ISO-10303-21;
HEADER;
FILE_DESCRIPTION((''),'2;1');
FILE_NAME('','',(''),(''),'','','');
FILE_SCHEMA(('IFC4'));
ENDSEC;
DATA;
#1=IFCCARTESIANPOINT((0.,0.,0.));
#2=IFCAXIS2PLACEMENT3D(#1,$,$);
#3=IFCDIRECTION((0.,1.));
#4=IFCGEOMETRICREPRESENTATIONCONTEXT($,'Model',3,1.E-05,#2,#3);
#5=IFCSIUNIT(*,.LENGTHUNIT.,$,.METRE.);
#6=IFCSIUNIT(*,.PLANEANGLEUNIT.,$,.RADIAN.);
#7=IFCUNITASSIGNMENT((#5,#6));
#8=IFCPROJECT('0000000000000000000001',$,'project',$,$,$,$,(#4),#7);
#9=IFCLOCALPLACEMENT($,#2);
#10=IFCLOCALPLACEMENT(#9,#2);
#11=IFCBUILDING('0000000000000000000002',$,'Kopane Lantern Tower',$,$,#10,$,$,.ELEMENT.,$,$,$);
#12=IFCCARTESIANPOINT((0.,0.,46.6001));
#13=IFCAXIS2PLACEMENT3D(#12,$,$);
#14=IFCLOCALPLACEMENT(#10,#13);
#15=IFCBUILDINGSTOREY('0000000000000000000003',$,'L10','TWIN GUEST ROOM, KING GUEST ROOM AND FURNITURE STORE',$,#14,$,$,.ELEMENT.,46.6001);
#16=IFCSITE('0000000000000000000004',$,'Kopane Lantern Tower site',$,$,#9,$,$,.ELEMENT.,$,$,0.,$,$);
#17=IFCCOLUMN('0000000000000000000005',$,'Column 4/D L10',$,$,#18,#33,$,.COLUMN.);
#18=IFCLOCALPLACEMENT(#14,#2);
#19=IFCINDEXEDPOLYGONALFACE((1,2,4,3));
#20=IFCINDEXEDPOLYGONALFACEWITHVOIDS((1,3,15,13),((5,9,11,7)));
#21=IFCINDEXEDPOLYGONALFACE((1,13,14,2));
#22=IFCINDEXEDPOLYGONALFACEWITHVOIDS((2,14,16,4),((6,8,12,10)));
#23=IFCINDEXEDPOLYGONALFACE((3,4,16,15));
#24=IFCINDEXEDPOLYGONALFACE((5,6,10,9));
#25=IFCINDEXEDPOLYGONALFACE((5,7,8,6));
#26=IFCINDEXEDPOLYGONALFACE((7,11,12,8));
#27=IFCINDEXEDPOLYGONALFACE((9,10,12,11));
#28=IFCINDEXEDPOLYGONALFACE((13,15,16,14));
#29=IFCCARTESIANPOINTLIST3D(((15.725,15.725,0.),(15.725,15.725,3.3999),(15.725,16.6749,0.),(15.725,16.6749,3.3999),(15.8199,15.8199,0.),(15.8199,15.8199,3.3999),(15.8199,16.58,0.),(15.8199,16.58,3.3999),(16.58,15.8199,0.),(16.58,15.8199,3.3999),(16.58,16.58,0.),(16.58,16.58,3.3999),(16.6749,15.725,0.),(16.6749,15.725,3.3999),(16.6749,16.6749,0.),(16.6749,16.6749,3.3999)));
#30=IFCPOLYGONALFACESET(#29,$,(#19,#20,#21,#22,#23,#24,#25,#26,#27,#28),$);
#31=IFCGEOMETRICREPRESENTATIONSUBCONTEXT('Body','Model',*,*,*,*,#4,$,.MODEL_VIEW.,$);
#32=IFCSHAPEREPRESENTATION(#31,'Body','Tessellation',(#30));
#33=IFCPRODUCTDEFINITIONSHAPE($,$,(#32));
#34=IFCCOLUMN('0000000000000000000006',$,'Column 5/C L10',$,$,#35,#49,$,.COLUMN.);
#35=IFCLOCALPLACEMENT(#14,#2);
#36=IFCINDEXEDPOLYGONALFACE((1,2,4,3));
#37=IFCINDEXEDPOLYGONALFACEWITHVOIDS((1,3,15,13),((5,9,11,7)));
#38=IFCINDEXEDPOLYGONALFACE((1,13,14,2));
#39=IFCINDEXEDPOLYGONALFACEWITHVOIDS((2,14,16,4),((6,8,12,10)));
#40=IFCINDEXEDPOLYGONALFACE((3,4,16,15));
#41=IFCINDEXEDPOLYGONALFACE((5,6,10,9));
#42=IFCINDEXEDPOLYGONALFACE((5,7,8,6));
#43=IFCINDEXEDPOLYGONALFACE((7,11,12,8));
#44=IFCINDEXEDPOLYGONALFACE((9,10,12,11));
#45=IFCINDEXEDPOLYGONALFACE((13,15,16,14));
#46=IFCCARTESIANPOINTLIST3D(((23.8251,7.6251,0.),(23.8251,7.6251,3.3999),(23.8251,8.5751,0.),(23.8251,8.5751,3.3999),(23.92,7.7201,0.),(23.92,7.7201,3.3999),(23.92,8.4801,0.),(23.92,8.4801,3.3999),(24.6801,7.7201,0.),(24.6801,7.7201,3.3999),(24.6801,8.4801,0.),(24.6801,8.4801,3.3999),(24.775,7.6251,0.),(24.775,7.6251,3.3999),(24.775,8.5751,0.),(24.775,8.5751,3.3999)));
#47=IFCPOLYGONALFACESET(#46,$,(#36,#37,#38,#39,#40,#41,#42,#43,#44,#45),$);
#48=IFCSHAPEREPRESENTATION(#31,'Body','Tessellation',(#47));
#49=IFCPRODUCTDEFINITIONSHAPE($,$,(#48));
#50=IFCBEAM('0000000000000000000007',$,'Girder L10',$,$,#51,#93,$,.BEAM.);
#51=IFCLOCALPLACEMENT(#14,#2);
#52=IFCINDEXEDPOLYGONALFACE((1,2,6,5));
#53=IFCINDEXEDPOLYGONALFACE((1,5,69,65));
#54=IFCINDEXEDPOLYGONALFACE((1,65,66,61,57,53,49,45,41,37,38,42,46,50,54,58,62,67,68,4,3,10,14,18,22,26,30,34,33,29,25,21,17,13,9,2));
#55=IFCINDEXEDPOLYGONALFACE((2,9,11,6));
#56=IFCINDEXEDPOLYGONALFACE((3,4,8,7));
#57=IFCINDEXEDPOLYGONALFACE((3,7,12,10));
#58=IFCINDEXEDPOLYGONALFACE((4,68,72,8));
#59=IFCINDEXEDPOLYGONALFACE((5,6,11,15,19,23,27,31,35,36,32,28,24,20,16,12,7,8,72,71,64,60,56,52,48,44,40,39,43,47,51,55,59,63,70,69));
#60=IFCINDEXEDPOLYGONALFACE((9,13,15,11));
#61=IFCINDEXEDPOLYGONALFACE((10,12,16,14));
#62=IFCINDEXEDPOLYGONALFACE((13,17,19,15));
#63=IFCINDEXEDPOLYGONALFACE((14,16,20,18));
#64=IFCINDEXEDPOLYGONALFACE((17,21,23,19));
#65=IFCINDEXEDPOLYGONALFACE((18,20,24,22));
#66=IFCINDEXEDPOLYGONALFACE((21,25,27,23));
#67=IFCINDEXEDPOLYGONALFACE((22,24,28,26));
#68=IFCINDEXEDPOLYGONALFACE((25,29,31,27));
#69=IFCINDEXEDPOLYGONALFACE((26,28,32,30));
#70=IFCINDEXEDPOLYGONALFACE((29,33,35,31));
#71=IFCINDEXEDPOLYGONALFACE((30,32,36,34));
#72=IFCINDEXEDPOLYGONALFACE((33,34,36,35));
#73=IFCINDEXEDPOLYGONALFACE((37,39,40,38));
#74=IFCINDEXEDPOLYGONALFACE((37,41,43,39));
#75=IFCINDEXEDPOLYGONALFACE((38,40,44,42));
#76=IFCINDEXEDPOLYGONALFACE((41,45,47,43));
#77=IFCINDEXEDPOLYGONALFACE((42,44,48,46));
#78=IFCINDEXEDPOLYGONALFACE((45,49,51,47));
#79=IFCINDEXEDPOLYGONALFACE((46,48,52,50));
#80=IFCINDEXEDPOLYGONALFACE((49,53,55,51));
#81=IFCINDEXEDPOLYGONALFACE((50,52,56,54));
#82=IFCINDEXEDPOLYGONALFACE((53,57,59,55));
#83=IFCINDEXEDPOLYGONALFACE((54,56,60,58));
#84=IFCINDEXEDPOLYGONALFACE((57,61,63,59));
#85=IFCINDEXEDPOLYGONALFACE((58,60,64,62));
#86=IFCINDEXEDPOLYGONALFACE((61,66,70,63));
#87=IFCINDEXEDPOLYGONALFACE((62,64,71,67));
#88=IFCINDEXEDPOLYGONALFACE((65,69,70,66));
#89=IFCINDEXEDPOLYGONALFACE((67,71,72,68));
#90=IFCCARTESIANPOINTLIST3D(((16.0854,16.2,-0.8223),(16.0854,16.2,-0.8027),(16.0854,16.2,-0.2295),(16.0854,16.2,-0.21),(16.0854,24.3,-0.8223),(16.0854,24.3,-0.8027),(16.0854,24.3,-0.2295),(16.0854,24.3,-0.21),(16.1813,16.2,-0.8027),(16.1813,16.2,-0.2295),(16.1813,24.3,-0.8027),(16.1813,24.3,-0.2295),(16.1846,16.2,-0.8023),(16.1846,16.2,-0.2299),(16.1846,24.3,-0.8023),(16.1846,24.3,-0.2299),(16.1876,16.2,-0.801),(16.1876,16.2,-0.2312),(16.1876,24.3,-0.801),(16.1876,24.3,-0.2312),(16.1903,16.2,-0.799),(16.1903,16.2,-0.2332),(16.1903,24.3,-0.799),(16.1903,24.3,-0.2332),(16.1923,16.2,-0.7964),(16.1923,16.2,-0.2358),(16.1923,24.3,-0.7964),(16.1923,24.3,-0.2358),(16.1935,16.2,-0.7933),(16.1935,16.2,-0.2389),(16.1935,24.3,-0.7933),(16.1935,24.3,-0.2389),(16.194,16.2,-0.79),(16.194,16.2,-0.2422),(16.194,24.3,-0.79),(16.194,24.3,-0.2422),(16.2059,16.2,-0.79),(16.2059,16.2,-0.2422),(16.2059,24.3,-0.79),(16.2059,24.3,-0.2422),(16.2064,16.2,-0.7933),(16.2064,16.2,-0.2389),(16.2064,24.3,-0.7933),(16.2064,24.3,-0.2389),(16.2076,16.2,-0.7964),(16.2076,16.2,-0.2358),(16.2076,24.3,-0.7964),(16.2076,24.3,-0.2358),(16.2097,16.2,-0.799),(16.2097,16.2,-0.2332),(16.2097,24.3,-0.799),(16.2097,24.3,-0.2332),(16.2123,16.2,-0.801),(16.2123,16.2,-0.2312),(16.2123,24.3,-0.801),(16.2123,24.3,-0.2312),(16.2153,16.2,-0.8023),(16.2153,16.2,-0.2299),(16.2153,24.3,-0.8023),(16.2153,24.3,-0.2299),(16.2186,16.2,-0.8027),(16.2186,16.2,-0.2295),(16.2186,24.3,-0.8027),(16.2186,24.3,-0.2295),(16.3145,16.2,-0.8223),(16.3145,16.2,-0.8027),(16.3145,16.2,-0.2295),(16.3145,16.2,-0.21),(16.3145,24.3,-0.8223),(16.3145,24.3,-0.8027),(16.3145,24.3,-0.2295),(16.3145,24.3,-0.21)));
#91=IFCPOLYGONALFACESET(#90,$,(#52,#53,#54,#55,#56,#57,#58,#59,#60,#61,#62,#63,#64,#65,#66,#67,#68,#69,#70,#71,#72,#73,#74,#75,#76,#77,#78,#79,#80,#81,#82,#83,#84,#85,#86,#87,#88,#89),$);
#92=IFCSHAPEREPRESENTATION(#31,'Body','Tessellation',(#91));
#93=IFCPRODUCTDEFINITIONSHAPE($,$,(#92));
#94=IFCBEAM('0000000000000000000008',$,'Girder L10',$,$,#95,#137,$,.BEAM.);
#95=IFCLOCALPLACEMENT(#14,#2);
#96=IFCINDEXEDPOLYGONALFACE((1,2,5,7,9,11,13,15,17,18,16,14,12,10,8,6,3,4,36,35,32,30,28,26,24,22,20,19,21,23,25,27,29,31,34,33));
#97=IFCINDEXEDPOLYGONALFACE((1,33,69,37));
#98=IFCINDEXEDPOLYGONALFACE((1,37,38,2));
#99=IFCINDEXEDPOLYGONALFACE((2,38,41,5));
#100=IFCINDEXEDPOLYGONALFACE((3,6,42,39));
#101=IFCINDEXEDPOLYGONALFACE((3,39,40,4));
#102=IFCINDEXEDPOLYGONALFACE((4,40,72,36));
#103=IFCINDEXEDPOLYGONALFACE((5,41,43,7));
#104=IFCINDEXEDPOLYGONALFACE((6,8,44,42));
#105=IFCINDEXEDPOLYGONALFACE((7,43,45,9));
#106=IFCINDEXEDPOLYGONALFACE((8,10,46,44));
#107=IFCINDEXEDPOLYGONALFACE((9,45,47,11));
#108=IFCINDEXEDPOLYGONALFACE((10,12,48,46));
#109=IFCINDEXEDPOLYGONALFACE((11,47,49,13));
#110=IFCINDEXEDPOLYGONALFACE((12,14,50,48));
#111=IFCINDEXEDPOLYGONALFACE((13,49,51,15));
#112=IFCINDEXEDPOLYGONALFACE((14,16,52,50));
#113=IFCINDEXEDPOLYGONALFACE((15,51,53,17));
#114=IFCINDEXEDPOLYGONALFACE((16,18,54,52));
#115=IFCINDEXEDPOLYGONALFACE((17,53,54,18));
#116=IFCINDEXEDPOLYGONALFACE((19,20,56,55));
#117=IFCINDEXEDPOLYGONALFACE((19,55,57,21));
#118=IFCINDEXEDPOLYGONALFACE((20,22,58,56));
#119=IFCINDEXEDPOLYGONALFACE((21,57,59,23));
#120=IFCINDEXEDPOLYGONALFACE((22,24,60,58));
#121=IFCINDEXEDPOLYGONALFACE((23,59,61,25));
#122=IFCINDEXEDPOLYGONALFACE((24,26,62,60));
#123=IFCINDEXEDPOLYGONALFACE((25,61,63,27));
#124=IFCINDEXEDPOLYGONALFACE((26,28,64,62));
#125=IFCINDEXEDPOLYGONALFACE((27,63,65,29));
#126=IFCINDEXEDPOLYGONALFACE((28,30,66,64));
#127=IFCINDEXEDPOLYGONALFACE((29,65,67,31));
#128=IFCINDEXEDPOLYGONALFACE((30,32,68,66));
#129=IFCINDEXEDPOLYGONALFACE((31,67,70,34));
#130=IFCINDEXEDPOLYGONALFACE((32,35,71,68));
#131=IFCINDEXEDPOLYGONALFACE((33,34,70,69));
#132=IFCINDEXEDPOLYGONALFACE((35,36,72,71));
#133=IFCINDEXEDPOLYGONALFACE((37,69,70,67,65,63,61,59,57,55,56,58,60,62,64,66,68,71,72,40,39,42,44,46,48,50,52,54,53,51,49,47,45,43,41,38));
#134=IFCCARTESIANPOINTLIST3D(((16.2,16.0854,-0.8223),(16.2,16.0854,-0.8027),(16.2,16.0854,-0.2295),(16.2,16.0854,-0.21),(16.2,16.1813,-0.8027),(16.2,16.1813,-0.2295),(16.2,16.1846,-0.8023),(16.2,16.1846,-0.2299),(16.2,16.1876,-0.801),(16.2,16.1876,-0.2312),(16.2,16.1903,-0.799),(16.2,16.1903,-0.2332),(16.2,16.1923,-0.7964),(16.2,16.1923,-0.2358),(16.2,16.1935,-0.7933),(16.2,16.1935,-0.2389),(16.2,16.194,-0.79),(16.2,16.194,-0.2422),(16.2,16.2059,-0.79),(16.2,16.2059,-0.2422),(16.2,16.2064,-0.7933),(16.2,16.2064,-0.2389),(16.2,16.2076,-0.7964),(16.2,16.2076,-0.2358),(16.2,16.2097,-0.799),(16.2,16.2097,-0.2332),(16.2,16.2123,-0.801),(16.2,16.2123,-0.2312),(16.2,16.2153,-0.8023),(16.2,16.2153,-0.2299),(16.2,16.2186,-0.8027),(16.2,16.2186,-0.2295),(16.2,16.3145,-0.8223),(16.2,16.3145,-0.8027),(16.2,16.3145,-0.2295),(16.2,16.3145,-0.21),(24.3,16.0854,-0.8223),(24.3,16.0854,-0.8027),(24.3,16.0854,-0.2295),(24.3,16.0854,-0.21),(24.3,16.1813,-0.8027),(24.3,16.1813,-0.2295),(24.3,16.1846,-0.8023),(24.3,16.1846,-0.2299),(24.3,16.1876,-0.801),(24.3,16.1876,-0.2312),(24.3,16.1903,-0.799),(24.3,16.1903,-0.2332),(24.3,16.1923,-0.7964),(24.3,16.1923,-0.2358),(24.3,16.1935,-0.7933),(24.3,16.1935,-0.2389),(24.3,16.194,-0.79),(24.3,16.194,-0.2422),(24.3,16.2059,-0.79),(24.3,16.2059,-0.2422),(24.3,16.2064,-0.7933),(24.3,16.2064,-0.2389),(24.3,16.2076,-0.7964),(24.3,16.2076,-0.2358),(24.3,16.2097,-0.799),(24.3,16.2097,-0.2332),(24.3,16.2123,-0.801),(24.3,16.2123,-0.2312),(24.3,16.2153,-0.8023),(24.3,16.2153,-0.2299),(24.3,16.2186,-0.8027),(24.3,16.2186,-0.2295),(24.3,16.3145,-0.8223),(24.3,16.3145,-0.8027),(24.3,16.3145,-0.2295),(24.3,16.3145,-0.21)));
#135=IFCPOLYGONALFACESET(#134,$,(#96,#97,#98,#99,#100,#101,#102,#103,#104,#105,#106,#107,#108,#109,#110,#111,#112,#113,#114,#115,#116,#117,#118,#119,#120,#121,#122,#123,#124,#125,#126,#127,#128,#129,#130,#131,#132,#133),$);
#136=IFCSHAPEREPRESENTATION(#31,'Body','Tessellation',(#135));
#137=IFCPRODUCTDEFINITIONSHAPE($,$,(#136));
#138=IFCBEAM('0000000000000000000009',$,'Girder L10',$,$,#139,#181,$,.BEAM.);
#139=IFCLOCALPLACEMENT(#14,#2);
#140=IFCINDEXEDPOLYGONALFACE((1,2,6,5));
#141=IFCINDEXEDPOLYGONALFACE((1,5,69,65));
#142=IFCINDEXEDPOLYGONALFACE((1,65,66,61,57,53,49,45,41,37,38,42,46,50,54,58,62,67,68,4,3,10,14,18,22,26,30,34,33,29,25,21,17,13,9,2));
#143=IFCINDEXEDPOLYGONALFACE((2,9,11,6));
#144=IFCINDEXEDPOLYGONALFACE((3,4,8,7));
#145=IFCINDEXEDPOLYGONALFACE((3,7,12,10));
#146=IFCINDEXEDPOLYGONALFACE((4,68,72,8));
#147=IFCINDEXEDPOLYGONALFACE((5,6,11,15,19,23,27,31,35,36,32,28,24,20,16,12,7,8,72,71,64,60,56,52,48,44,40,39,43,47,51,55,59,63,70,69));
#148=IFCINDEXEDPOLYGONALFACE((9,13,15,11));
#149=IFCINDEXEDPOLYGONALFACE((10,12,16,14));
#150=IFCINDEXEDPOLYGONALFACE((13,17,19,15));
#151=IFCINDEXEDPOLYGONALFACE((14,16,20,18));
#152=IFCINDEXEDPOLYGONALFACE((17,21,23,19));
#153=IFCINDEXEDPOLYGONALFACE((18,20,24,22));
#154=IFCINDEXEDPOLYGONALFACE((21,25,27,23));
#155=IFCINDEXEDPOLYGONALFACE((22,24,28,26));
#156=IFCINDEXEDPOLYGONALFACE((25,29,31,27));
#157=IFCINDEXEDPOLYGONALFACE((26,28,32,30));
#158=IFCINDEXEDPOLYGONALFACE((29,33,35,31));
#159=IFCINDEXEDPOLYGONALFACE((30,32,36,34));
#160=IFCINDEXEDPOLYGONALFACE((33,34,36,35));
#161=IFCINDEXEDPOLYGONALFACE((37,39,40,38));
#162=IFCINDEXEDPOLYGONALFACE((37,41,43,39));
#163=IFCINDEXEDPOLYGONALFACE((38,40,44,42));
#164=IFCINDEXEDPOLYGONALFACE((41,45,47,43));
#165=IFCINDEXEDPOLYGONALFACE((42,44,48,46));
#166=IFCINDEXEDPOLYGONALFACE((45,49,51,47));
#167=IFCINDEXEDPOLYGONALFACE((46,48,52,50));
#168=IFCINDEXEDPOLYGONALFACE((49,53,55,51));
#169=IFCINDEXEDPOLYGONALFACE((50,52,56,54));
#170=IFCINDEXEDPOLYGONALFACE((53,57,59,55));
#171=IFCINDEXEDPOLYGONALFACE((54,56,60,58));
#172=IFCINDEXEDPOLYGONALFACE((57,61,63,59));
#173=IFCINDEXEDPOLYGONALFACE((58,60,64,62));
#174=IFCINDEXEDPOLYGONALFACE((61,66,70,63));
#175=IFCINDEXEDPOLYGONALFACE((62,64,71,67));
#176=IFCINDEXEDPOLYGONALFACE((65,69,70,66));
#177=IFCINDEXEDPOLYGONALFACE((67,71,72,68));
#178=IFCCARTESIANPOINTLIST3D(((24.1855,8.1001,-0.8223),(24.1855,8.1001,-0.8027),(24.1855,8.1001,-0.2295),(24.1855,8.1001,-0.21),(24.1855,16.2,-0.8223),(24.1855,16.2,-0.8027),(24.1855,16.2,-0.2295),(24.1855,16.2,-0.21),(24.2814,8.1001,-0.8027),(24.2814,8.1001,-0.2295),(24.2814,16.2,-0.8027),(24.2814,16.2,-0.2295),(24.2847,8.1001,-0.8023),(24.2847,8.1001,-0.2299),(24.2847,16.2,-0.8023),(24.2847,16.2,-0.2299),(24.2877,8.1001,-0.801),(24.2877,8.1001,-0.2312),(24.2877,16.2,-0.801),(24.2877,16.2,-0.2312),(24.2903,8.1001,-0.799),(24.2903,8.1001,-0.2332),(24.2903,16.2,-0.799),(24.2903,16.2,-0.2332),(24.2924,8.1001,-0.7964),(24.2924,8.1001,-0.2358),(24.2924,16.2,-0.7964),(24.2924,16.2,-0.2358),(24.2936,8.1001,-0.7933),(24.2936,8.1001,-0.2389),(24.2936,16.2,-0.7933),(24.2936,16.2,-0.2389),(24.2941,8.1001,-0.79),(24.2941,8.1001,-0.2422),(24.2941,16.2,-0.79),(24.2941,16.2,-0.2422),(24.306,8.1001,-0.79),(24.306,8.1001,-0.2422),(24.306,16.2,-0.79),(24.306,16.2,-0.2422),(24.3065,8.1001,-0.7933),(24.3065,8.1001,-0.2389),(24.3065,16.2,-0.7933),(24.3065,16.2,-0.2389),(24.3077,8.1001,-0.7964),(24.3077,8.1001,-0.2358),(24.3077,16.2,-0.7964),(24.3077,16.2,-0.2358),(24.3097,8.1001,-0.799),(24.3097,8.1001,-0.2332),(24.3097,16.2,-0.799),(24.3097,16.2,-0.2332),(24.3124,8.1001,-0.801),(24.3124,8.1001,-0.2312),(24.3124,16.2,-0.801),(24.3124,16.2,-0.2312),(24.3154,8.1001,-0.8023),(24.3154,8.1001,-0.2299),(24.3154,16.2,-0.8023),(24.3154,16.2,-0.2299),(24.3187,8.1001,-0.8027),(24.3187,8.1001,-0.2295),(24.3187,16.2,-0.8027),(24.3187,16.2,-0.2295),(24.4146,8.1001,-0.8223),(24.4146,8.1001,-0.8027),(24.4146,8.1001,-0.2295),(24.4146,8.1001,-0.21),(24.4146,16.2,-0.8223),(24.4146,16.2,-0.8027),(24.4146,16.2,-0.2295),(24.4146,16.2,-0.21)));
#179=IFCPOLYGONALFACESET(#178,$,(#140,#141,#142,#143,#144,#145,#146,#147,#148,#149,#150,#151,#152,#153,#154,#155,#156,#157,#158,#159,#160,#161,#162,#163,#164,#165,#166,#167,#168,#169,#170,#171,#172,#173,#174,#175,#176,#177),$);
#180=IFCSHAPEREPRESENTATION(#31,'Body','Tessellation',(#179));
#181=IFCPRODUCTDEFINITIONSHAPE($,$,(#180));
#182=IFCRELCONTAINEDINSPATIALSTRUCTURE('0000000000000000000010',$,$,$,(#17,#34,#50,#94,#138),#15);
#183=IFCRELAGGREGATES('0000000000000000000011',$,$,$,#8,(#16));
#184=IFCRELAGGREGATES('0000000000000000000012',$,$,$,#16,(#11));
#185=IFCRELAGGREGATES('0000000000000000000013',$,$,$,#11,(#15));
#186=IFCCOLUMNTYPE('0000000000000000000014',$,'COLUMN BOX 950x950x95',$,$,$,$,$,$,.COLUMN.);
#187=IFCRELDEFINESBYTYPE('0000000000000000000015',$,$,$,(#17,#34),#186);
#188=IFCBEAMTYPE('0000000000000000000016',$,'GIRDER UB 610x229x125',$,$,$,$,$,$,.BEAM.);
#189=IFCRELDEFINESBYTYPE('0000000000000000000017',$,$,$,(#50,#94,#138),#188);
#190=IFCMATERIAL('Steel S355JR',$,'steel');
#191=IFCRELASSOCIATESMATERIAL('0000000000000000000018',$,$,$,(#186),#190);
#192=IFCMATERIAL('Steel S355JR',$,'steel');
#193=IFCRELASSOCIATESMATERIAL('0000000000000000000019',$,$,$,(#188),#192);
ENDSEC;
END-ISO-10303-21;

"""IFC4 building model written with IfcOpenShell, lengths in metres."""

from ifc_helpers import new_model, si_unit, direction, frame, origin, origin_2d, place, context, subcontext, project, spatial, hollow_rectangle, i_section, extrude, material, material_profile, profile_set, type_object, element, save


model = new_model("IFC4")

# Units and contexts
model_context = context("Model", 3, precision=1e-05, world=origin(), true_north=direction((0.0, 1.0)))
body_context = subcontext(model_context, "Body", "Model", "MODEL_VIEW")
ifc_project = project(units=[si_unit("LENGTHUNIT", "METRE"), si_unit("PLANEANGLEUNIT", "RADIAN")], contexts=[model_context])

# Site, building, storey
site_placement = place(None, origin())
site = spatial("IfcSite", under=ifc_project, at=site_placement, Name="Kopane Lantern Tower site", CompositionType="ELEMENT", RefElevation=0.0)
building_placement = place(site_placement, origin())
building = spatial("IfcBuilding", under=site, at=building_placement, Name="Kopane Lantern Tower", CompositionType="ELEMENT")
storey_placement = place(building_placement, frame((0.0, 0.0, 46.6001)))
storey = spatial("IfcBuildingStorey", under=building, at=storey_placement, Name="L10", Description="TWIN GUEST ROOM, KING GUEST ROOM AND FURNITURE STORE", CompositionType="ELEMENT", Elevation=46.6001)

# Columns
ifc_material_1 = material(Name="Steel S355JR", Category="steel")
ifc_material_profile_1 = material_profile(ifc_material_1, hollow_rectangle(XDim=0.95, YDim=0.95, WallThickness=0.095, at=origin_2d()), Name="BOX 950x950x95")
ifc_profile_set_1 = profile_set([ifc_material_profile_1], Name="Steel S355JR")
column_type = type_object("IfcColumnType", Name="COLUMN BOX 950x950x95", PredefinedType="COLUMN", material=ifc_profile_set_1)
for number, where, z_axis, x_axis, name in (
    (1, (16.2, 16.2, 0.0), (0.0, 0.0, 1.0), (1.0, 0.0, 0.0), "Column 4/D L10"),
    (2, (24.3, 8.1001, 0.0), (0.0, 0.0, 1.0), (1.0, 0.0, 0.0), "Column 5/C L10"),
):
    element("IfcColumn", number, at=place(storey_placement, frame(where, z_axis=z_axis, x_axis=x_axis)), inside=storey, type_object=column_type, Name=name, PredefinedType="COLUMN", context=body_context, shape_type="SweptSolid", body=[
        extrude(hollow_rectangle(XDim=0.95, YDim=0.95, WallThickness=0.095, at=origin_2d()), origin(), (0.0, 0.0, 1.0), 3.3999),
    ])

# Beams
ifc_material_2 = material(Name="Steel S355JR", Category="steel")
ifc_material_profile_2 = material_profile(ifc_material_2, i_section(OverallWidth=0.229, OverallDepth=0.6123, WebThickness=0.012, FlangeThickness=0.0195, FilletRadius=0.0127, at=origin_2d()), Name="UB 610x229x125")
ifc_profile_set_2 = profile_set([ifc_material_profile_2], Name="Steel S355JR")
beam_type = type_object("IfcBeamType", Name="GIRDER UB 610x229x125", PredefinedType="BEAM", material=ifc_profile_set_2)
for number, where, z_axis, x_axis, name in (
    (3, (16.2, 16.2, -0.5161), (0.0, 1.0, 0.0), (-1.0, 0.0, 0.0), "Girder L10"),
    (4, (16.2, 16.2, -0.5161), (1.0, 0.0, 0.0), (0.0, 1.0, 0.0), "Girder L10"),
):
    element("IfcBeam", number, at=place(storey_placement, frame(where, z_axis=z_axis, x_axis=x_axis)), inside=storey, type_object=beam_type, Name=name, PredefinedType="BEAM", context=body_context, shape_type="SweptSolid", body=[
        extrude(i_section(OverallWidth=0.229, OverallDepth=0.6123, WebThickness=0.012, FlangeThickness=0.0195, FilletRadius=0.0127, at=origin_2d()), origin(), (0.0, 0.0, 1.0), 8.1001),
    ])
for number, where, z_axis, x_axis, name in (
    (5, (24.3, 8.1001, -0.5161), (0.0, 1.0, 0.0), (-1.0, 0.0, 0.0), "Girder L10"),
):
    element("IfcBeam", number, at=place(storey_placement, frame(where, z_axis=z_axis, x_axis=x_axis)), inside=storey, type_object=beam_type, Name=name, PredefinedType="BEAM", context=body_context, shape_type="SweptSolid", body=[
        extrude(i_section(OverallWidth=0.229, OverallDepth=0.6123, WebThickness=0.012, FlangeThickness=0.0195, FilletRadius=0.0127, at=origin_2d()), origin(), (0.0, 0.0, 1.0), 8.0999),
    ])

save(model, "model.ifc")
